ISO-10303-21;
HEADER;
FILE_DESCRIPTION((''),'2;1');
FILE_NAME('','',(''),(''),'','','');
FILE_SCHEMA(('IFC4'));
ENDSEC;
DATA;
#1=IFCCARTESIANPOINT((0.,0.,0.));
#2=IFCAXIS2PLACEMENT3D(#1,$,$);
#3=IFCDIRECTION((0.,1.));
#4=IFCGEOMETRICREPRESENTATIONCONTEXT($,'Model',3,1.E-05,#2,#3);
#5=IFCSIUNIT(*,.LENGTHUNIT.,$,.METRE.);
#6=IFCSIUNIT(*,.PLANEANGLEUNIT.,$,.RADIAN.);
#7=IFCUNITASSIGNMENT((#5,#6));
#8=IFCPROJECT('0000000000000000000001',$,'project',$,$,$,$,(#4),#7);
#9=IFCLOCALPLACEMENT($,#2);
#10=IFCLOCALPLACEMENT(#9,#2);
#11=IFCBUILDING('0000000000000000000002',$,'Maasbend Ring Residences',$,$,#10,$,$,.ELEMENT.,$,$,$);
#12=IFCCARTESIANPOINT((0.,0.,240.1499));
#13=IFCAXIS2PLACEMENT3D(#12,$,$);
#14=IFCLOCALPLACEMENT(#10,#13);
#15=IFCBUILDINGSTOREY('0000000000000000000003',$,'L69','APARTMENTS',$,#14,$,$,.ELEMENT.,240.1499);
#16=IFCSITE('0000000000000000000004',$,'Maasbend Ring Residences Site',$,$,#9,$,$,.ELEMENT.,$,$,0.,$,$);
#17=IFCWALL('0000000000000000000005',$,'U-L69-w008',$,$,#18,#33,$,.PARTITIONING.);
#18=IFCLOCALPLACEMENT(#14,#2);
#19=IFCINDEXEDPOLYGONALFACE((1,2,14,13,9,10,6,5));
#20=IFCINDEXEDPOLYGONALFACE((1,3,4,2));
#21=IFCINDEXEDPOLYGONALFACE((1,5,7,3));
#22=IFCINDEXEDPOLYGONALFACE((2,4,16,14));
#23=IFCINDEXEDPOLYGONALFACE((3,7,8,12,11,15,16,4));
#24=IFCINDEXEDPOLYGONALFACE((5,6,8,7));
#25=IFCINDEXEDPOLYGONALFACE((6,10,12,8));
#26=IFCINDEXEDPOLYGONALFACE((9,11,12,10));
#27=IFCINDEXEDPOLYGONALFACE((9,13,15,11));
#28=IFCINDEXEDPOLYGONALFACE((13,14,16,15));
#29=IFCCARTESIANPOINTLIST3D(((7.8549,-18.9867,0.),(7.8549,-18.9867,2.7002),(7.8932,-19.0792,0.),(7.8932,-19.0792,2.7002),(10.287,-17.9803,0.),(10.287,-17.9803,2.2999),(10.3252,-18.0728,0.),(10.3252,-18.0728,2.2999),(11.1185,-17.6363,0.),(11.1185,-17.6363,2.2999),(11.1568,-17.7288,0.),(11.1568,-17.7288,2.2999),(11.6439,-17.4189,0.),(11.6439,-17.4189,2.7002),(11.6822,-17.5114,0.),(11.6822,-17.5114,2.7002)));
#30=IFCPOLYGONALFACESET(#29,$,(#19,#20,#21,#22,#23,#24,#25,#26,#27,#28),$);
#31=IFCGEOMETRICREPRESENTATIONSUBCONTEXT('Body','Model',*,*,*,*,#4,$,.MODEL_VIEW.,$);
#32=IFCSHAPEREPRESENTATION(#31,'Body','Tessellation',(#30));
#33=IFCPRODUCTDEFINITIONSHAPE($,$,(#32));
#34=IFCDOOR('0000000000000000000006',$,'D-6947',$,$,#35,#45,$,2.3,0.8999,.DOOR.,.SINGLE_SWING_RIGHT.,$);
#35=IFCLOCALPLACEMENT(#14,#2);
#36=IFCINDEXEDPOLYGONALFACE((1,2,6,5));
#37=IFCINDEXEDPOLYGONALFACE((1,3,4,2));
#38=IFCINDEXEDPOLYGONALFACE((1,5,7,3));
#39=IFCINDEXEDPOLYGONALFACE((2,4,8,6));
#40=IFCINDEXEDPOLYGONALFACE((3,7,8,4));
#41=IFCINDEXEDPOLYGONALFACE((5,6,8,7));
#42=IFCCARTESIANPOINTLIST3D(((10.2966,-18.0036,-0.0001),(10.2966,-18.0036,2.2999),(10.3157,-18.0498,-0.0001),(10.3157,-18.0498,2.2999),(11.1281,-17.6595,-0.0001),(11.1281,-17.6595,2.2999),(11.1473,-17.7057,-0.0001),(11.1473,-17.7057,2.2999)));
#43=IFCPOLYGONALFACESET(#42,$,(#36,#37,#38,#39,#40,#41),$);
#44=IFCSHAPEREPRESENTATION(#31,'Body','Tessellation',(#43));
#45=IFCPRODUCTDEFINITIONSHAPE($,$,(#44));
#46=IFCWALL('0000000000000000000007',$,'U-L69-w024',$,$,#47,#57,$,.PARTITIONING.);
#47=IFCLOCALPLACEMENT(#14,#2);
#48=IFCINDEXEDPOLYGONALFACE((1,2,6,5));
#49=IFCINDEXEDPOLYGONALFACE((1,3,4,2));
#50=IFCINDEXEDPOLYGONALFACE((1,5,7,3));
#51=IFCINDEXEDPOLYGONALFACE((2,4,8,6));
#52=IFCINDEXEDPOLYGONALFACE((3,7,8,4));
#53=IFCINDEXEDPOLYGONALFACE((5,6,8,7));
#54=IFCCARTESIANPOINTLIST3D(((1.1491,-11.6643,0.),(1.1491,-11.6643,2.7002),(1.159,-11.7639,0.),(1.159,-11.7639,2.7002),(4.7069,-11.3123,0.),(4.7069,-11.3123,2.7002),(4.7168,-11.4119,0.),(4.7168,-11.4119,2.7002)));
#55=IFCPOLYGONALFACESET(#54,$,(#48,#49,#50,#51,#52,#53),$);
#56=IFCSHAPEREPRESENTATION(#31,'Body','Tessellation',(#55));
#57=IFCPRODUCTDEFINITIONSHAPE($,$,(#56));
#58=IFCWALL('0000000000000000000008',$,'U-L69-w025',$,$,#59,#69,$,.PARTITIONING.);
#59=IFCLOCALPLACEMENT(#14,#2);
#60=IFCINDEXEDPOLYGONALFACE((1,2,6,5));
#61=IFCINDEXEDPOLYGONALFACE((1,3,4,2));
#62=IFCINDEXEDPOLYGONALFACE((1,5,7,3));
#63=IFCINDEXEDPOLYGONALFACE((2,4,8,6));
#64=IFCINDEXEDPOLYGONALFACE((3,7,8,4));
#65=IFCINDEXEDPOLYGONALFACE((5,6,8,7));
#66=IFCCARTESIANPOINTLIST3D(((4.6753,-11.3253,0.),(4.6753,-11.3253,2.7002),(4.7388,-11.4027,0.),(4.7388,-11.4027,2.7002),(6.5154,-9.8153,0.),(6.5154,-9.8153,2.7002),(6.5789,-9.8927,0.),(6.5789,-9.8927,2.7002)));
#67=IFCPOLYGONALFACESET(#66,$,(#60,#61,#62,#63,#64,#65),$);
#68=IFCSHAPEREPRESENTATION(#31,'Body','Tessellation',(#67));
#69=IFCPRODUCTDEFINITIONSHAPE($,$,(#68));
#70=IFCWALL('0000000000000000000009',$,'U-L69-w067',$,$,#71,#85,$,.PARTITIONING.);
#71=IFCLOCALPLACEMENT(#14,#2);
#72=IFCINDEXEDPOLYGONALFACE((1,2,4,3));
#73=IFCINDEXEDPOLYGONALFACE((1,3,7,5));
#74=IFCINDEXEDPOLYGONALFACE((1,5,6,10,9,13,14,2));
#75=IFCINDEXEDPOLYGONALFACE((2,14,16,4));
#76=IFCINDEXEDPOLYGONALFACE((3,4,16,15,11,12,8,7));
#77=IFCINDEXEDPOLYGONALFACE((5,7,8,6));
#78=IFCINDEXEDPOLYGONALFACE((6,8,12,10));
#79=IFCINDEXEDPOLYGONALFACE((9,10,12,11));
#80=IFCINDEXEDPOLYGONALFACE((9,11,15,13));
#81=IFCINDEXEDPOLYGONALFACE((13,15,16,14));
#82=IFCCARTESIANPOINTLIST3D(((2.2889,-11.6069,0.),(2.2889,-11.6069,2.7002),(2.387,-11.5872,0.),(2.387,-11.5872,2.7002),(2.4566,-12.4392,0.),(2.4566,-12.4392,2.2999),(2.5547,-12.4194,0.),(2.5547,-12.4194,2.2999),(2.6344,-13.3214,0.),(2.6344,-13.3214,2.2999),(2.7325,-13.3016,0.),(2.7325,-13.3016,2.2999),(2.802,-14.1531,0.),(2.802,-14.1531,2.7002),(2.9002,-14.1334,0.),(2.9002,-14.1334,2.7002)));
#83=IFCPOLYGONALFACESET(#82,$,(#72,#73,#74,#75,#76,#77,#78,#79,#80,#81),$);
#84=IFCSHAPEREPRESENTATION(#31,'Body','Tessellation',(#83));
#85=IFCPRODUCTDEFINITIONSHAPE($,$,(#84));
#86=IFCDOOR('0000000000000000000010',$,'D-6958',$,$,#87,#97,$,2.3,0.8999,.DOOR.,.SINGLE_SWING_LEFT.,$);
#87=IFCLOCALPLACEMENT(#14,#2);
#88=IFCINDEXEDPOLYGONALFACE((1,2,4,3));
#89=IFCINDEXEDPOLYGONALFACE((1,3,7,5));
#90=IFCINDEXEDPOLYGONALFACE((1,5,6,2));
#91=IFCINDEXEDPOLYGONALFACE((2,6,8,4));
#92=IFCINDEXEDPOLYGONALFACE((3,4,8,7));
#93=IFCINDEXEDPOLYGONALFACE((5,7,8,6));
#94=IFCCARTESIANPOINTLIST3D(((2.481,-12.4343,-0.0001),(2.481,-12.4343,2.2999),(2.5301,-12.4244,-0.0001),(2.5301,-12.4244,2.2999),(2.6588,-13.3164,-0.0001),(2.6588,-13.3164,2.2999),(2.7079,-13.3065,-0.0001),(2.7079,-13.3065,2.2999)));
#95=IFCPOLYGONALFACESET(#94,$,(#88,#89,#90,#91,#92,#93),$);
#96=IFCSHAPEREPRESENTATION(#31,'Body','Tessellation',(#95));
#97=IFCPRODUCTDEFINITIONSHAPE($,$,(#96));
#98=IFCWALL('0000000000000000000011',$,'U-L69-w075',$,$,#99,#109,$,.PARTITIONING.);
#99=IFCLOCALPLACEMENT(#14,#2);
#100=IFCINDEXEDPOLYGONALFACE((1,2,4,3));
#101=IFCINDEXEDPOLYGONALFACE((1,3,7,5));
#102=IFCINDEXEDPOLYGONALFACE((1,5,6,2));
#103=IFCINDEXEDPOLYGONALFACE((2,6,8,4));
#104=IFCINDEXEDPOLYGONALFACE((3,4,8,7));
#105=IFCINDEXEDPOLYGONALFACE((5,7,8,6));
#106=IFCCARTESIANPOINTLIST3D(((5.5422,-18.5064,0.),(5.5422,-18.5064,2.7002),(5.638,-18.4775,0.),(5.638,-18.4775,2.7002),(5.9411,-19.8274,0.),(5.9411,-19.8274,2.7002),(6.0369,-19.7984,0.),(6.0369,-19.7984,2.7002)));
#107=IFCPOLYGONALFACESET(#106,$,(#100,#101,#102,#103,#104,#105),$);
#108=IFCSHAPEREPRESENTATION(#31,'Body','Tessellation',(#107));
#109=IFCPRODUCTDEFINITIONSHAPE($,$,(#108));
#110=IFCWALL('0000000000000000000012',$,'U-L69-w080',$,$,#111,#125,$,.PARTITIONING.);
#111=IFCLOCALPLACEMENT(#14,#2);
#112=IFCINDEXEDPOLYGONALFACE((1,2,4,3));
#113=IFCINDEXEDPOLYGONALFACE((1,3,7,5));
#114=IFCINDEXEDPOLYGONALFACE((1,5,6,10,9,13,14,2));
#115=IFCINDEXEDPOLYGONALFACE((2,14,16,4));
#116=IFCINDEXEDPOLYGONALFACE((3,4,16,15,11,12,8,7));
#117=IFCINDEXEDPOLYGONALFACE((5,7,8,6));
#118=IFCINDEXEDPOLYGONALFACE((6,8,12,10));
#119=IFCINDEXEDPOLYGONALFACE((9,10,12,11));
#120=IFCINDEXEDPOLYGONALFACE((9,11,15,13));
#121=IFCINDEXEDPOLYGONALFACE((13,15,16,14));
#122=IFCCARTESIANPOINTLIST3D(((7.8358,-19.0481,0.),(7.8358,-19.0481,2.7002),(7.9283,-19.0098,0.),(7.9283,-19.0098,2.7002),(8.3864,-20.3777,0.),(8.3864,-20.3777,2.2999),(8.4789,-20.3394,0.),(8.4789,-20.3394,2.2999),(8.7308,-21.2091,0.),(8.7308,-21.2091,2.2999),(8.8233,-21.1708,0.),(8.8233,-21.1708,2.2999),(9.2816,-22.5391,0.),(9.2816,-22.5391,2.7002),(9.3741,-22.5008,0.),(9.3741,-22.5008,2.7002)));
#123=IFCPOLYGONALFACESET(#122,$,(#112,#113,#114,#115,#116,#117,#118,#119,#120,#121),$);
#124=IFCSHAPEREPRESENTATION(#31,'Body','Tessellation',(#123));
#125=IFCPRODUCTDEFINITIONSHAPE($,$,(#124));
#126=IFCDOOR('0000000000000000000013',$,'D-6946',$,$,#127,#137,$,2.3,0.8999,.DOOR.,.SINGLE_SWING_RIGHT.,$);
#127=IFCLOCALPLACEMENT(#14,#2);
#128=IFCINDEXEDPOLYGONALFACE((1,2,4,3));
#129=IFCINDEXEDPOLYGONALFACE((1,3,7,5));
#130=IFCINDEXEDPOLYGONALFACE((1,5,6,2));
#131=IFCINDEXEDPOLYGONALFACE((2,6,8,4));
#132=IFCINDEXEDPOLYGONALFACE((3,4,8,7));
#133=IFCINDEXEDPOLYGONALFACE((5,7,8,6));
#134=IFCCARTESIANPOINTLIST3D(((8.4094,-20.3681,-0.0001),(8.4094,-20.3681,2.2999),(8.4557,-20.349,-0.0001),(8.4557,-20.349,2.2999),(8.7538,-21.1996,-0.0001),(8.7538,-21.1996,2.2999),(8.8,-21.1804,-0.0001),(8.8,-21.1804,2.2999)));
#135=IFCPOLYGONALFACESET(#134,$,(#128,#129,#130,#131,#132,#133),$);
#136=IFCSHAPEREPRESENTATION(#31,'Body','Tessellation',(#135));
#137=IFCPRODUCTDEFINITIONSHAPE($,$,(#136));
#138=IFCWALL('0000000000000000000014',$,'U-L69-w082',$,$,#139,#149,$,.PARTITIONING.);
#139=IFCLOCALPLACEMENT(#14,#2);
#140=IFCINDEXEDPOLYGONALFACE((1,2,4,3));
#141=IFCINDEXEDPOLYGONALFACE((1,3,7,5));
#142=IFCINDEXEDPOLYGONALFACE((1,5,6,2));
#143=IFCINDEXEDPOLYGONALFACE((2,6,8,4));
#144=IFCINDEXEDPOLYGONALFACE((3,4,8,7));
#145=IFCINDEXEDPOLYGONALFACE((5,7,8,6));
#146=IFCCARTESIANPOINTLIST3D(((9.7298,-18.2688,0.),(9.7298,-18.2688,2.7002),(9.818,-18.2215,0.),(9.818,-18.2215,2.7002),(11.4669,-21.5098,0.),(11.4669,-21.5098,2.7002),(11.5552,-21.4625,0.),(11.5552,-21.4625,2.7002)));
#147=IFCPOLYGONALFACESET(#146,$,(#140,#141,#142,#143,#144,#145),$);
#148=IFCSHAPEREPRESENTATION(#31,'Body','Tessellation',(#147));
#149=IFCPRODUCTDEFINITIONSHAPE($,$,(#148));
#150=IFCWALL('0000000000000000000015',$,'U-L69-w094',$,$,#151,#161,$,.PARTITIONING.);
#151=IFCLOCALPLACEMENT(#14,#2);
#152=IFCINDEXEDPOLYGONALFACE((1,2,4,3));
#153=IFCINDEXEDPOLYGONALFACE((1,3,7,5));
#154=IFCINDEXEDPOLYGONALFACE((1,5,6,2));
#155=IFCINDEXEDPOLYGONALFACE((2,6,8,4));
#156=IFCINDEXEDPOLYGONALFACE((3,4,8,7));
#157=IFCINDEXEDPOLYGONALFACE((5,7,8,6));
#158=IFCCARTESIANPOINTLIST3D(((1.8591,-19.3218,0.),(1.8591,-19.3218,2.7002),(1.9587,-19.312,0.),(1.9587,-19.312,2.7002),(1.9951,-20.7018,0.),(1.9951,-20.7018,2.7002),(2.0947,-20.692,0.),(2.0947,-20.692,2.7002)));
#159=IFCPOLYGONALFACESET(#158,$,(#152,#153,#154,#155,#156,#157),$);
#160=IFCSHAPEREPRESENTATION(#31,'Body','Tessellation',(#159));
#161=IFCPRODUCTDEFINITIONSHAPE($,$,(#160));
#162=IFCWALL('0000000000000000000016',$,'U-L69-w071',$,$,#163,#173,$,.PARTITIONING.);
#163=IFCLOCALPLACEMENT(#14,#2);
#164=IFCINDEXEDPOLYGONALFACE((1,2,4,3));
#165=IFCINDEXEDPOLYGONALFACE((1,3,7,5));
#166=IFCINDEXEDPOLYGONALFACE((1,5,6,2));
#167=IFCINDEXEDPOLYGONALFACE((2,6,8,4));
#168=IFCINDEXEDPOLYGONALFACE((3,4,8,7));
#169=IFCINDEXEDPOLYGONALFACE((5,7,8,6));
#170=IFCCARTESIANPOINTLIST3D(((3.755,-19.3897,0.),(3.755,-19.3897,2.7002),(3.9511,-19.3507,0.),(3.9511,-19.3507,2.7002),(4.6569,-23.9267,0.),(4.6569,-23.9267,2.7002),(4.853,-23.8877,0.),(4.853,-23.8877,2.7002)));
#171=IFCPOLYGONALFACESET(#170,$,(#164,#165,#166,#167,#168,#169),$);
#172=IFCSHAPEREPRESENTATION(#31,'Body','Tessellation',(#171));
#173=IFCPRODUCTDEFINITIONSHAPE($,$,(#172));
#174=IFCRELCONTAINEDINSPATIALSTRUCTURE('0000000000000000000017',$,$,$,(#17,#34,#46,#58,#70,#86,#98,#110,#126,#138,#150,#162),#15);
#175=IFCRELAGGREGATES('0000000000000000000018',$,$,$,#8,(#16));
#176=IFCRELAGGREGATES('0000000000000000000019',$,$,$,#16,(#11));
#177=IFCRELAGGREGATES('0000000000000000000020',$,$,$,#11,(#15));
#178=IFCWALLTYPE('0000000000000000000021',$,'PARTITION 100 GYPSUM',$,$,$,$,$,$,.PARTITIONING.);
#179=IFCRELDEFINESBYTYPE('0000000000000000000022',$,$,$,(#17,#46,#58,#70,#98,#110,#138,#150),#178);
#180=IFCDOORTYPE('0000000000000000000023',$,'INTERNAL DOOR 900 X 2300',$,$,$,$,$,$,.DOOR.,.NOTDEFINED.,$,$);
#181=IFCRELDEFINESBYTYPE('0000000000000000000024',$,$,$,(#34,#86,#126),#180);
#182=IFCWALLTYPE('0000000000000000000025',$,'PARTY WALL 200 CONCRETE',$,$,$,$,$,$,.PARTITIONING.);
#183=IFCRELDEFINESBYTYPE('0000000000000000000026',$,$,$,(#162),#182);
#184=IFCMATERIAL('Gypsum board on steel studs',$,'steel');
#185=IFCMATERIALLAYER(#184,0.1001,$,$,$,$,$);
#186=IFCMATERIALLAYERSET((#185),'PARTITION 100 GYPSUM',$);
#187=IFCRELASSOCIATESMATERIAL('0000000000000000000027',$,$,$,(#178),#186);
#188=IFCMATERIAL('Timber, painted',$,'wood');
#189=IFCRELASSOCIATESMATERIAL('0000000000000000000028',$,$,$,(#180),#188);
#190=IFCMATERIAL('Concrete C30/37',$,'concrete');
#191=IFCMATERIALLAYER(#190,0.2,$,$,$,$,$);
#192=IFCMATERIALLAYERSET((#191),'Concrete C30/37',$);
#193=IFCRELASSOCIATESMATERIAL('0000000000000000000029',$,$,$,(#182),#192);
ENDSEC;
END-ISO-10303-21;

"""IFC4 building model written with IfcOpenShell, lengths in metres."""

from ifc_helpers import new_model, si_unit, direction, frame, frame_2d, origin, place, context, subcontext, project, spatial, rectangle, extrude, material, layer, layer_set, type_object, element, fill, save


model = new_model("IFC4")

# Units and contexts
model_context = context("Model", 3, precision=1e-05, world=origin(), true_north=direction((0.0, 1.0)))
body_context = subcontext(model_context, "Body", "Model", "MODEL_VIEW")
ifc_project = project(units=[si_unit("LENGTHUNIT", "METRE"), si_unit("PLANEANGLEUNIT", "RADIAN")], contexts=[model_context])

# Site, building, storey
site_placement = place(None, origin())
site = spatial("IfcSite", under=ifc_project, at=site_placement, Name="Maasbend Ring Residences Site", CompositionType="ELEMENT", RefElevation=0.0)
building_placement = place(site_placement, origin())
building = spatial("IfcBuilding", under=site, at=building_placement, Name="Maasbend Ring Residences", CompositionType="ELEMENT")
storey_placement = place(building_placement, frame((0.0, 0.0, 240.1499)))
storey = spatial("IfcBuildingStorey", under=building, at=storey_placement, Name="L69", Description="APARTMENTS", CompositionType="ELEMENT", Elevation=240.1499)

# Wall, opening, door
ifc_material_1 = material(Name="Gypsum board on steel studs", Category="steel")
ifc_layer_1 = layer(ifc_material_1, 0.1001)
ifc_layer_set_1 = layer_set([ifc_layer_1], Name="PARTITION 100 GYPSUM")
wall_type_1 = type_object("IfcWallType", Name="PARTITION 100 GYPSUM", PredefinedType="PARTITIONING", material=ifc_layer_set_1)
wall_1_placement = place(storey_placement, frame((7.874, -19.033, 0.0), z_axis=(0.0, 0.0, 1.0), x_axis=(0.924018, 0.382348, 0.0)))
wall_1 = element("IfcWall", 1, at=wall_1_placement, inside=storey, type_object=wall_type_1, Name="U-L69-w008", PredefinedType="PARTITIONING", context=body_context, shape_type="SweptSolid", body=[
    extrude(rectangle(XDim=4.1006, YDim=0.1001, at=frame_2d((2.0503, 0.0))), origin(), (0.0, 0.0, 1.0), 2.7002),
])
opening_1_placement = place(wall_1_placement, frame((2.6321, 0.0, 0.0)))
opening_1 = element("IfcOpeningElement", 2, at=opening_1_placement, cuts=wall_1, PredefinedType="OPENING", context=body_context, shape_type="SweptSolid", body=[
    extrude(rectangle(XDim=0.8999, YDim=2.3, at=frame_2d((0.45, 1.1499))), frame((0.0, 0.0601, 0.0), z_axis=(0.0, -1.0, 0.0), x_axis=(1.0, 0.0, 0.0)), (0.0, 0.0, 1.0), 0.1201),
])
ifc_material_2 = material(Name="Timber, painted", Category="wood")
door_type_1 = type_object("IfcDoorType", Name="INTERNAL DOOR 900 X 2300", OperationType="NOTDEFINED", PredefinedType="DOOR", material=ifc_material_2)
door_1_placement = place(opening_1_placement, origin())
door_1 = element("IfcDoor", 3, at=door_1_placement, inside=storey, type_object=door_type_1, Name="D-6947", OperationType="SINGLE_SWING_RIGHT", OverallHeight=2.3, OverallWidth=0.8999, PredefinedType="DOOR", context=body_context, shape_type="SweptSolid", body=[
    extrude(rectangle(XDim=0.8999, YDim=2.3, at=frame_2d((0.45, 1.1499))), frame((0.0, 0.0249, 0.0), z_axis=(0.0, -1.0, 0.0), x_axis=(1.0, 0.0, 0.0)), (0.0, 0.0, 1.0), 0.05),
])
fill(opening_1, door_1)

# Walls
wall_2_placement = place(storey_placement, frame((1.1541, -11.7141, 0.0), z_axis=(0.0, 0.0, 1.0), x_axis=(0.99514, 0.098469, 0.0)))
element("IfcWall", 4, at=wall_2_placement, inside=storey, type_object=wall_type_1, Name="U-L69-w024", PredefinedType="PARTITIONING", context=body_context, shape_type="SweptSolid", body=[
    extrude(rectangle(XDim=3.5752, YDim=0.1001, at=frame_2d((1.7876, 0.0))), origin(), (0.0, 0.0, 1.0), 2.7002),
])
wall_3_placement = place(storey_placement, frame((4.707, -11.364, 0.0), z_axis=(0.0, 0.0, 1.0), x_axis=(0.773033, 0.634365, 0.0)))
element("IfcWall", 5, at=wall_3_placement, inside=storey, type_object=wall_type_1, Name="U-L69-w025", PredefinedType="PARTITIONING", context=body_context, shape_type="SweptSolid", body=[
    extrude(rectangle(XDim=2.3804, YDim=0.1001, at=frame_2d((1.1902, 0.0))), origin(), (0.0, 0.0, 1.0), 2.7002),
])

# Wall, opening, door
wall_4_placement = place(storey_placement, frame((2.3379, -11.5969, 0.0), z_axis=(0.0, 0.0, 1.0), x_axis=(0.19758, -0.980287, 0.0)))
wall_4 = element("IfcWall", 6, at=wall_4_placement, inside=storey, type_object=wall_type_1, Name="U-L69-w067", PredefinedType="PARTITIONING", context=body_context, shape_type="SweptSolid", body=[
    extrude(rectangle(XDim=2.5974, YDim=0.1001, at=frame_2d((1.2988, 0.0))), origin(), (0.0, 0.0, 1.0), 2.7002),
])
opening_2_placement = place(wall_4_placement, frame((0.8491, 0.0, 0.0)))
opening_2 = element("IfcOpeningElement", 7, at=opening_2_placement, cuts=wall_4, PredefinedType="OPENING", context=body_context, shape_type="SweptSolid", body=[
    extrude(rectangle(XDim=0.8999, YDim=2.3, at=frame_2d((0.45, 1.1499))), frame((0.0, 0.0601, 0.0), z_axis=(0.0, -1.0, 0.0), x_axis=(1.0, 0.0, 0.0)), (0.0, 0.0, 1.0), 0.1201),
])
door_2_placement = place(opening_2_placement, origin())
door_2 = element("IfcDoor", 8, at=door_2_placement, inside=storey, type_object=door_type_1, Name="D-6958", OperationType="SINGLE_SWING_LEFT", OverallHeight=2.3, OverallWidth=0.8999, PredefinedType="DOOR", context=body_context, shape_type="SweptSolid", body=[
    extrude(rectangle(XDim=0.8999, YDim=2.3, at=frame_2d((0.45, 1.1499))), frame((0.0, 0.0249, 0.0), z_axis=(0.0, -1.0, 0.0), x_axis=(1.0, 0.0, 0.0)), (0.0, 0.0, 1.0), 0.05),
])
fill(opening_2, door_2)

# Wall
wall_5_placement = place(storey_placement, frame((5.5901, -18.4919, 0.0), z_axis=(0.0, 0.0, 1.0), x_axis=(0.289084, -0.957304, 0.0)))
element("IfcWall", 9, at=wall_5_placement, inside=storey, type_object=wall_type_1, Name="U-L69-w075", PredefinedType="PARTITIONING", context=body_context, shape_type="SweptSolid", body=[
    extrude(rectangle(XDim=1.3799, YDim=0.1001, at=frame_2d((0.6899, 0.0))), origin(), (0.0, 0.0, 1.0), 2.7002),
])

# Wall, opening, door
wall_6_placement = place(storey_placement, frame((7.8821, -19.0291, 0.0), z_axis=(0.0, 0.0, 1.0), x_axis=(0.382637, -0.923899, 0.0)))
wall_6 = element("IfcWall", 10, at=wall_6_placement, inside=storey, type_object=wall_type_1, Name="U-L69-w080", PredefinedType="PARTITIONING", context=body_context, shape_type="SweptSolid", body=[
    extrude(rectangle(XDim=3.7786, YDim=0.1001, at=frame_2d((1.8892, 0.0))), origin(), (0.0, 0.0, 1.0), 2.7002),
])
opening_3_placement = place(wall_6_placement, frame((1.439, 0.0, 0.0)))
opening_3 = element("IfcOpeningElement", 11, at=opening_3_placement, cuts=wall_6, PredefinedType="OPENING", context=body_context, shape_type="SweptSolid", body=[
    extrude(rectangle(XDim=0.8999, YDim=2.3, at=frame_2d((0.45, 1.1499))), frame((0.0, 0.0601, 0.0), z_axis=(0.0, -1.0, 0.0), x_axis=(1.0, 0.0, 0.0)), (0.0, 0.0, 1.0), 0.1201),
])
door_3_placement = place(opening_3_placement, origin())
door_3 = element("IfcDoor", 12, at=door_3_placement, inside=storey, type_object=door_type_1, Name="D-6946", OperationType="SINGLE_SWING_RIGHT", OverallHeight=2.3, OverallWidth=0.8999, PredefinedType="DOOR", context=body_context, shape_type="SweptSolid", body=[
    extrude(rectangle(XDim=0.8999, YDim=2.3, at=frame_2d((0.45, 1.1499))), frame((0.0, 0.0249, 0.0), z_axis=(0.0, -1.0, 0.0), x_axis=(1.0, 0.0, 0.0)), (0.0, 0.0, 1.0), 0.05),
])
fill(opening_3, door_3)

# Walls
wall_7_placement = place(storey_placement, frame((9.7739, -18.2451, 0.0), z_axis=(0.0, 0.0, 1.0), x_axis=(0.472396, -0.881386, 0.0)))
element("IfcWall", 13, at=wall_7_placement, inside=storey, type_object=wall_type_1, Name="U-L69-w082", PredefinedType="PARTITIONING", context=body_context, shape_type="SweptSolid", body=[
    extrude(rectangle(XDim=3.6772, YDim=0.1001, at=frame_2d((1.8386, 0.0))), origin(), (0.0, 0.0, 1.0), 2.7002),
])
wall_8_placement = place(storey_placement, frame((1.9089, -19.3169, 0.0), z_axis=(0.0, 0.0, 1.0), x_axis=(0.098057, -0.995181, 0.0)))
element("IfcWall", 14, at=wall_8_placement, inside=storey, type_object=wall_type_1, Name="U-L69-w094", PredefinedType="PARTITIONING", context=body_context, shape_type="SweptSolid", body=[
    extrude(rectangle(XDim=1.3867, YDim=0.1001, at=frame_2d((0.6934, 0.0))), origin(), (0.0, 0.0, 1.0), 2.7002),
])
ifc_material_3 = material(Name="Concrete C30/37", Category="concrete")
ifc_layer_2 = layer(ifc_material_3, 0.2)
ifc_layer_set_2 = layer_set([ifc_layer_2], Name="Concrete C30/37")
wall_type_2 = type_object("IfcWallType", Name="PARTY WALL 200 CONCRETE", PredefinedType="PARTITIONING", material=ifc_layer_set_2)
wall_9_placement = place(storey_placement, frame((3.853, -19.3701, 0.0), z_axis=(0.0, 0.0, 1.0), x_axis=(0.194969, -0.980809, 0.0)))
element("IfcWall", 15, at=wall_9_placement, inside=storey, type_object=wall_type_2, Name="U-L69-w071", PredefinedType="PARTITIONING", context=body_context, shape_type="SweptSolid", body=[
    extrude(rectangle(XDim=4.6257, YDim=0.2, at=frame_2d((2.313, 0.0))), origin(), (0.0, 0.0, 1.0), 2.7002),
])

save(model, "model.ifc")
